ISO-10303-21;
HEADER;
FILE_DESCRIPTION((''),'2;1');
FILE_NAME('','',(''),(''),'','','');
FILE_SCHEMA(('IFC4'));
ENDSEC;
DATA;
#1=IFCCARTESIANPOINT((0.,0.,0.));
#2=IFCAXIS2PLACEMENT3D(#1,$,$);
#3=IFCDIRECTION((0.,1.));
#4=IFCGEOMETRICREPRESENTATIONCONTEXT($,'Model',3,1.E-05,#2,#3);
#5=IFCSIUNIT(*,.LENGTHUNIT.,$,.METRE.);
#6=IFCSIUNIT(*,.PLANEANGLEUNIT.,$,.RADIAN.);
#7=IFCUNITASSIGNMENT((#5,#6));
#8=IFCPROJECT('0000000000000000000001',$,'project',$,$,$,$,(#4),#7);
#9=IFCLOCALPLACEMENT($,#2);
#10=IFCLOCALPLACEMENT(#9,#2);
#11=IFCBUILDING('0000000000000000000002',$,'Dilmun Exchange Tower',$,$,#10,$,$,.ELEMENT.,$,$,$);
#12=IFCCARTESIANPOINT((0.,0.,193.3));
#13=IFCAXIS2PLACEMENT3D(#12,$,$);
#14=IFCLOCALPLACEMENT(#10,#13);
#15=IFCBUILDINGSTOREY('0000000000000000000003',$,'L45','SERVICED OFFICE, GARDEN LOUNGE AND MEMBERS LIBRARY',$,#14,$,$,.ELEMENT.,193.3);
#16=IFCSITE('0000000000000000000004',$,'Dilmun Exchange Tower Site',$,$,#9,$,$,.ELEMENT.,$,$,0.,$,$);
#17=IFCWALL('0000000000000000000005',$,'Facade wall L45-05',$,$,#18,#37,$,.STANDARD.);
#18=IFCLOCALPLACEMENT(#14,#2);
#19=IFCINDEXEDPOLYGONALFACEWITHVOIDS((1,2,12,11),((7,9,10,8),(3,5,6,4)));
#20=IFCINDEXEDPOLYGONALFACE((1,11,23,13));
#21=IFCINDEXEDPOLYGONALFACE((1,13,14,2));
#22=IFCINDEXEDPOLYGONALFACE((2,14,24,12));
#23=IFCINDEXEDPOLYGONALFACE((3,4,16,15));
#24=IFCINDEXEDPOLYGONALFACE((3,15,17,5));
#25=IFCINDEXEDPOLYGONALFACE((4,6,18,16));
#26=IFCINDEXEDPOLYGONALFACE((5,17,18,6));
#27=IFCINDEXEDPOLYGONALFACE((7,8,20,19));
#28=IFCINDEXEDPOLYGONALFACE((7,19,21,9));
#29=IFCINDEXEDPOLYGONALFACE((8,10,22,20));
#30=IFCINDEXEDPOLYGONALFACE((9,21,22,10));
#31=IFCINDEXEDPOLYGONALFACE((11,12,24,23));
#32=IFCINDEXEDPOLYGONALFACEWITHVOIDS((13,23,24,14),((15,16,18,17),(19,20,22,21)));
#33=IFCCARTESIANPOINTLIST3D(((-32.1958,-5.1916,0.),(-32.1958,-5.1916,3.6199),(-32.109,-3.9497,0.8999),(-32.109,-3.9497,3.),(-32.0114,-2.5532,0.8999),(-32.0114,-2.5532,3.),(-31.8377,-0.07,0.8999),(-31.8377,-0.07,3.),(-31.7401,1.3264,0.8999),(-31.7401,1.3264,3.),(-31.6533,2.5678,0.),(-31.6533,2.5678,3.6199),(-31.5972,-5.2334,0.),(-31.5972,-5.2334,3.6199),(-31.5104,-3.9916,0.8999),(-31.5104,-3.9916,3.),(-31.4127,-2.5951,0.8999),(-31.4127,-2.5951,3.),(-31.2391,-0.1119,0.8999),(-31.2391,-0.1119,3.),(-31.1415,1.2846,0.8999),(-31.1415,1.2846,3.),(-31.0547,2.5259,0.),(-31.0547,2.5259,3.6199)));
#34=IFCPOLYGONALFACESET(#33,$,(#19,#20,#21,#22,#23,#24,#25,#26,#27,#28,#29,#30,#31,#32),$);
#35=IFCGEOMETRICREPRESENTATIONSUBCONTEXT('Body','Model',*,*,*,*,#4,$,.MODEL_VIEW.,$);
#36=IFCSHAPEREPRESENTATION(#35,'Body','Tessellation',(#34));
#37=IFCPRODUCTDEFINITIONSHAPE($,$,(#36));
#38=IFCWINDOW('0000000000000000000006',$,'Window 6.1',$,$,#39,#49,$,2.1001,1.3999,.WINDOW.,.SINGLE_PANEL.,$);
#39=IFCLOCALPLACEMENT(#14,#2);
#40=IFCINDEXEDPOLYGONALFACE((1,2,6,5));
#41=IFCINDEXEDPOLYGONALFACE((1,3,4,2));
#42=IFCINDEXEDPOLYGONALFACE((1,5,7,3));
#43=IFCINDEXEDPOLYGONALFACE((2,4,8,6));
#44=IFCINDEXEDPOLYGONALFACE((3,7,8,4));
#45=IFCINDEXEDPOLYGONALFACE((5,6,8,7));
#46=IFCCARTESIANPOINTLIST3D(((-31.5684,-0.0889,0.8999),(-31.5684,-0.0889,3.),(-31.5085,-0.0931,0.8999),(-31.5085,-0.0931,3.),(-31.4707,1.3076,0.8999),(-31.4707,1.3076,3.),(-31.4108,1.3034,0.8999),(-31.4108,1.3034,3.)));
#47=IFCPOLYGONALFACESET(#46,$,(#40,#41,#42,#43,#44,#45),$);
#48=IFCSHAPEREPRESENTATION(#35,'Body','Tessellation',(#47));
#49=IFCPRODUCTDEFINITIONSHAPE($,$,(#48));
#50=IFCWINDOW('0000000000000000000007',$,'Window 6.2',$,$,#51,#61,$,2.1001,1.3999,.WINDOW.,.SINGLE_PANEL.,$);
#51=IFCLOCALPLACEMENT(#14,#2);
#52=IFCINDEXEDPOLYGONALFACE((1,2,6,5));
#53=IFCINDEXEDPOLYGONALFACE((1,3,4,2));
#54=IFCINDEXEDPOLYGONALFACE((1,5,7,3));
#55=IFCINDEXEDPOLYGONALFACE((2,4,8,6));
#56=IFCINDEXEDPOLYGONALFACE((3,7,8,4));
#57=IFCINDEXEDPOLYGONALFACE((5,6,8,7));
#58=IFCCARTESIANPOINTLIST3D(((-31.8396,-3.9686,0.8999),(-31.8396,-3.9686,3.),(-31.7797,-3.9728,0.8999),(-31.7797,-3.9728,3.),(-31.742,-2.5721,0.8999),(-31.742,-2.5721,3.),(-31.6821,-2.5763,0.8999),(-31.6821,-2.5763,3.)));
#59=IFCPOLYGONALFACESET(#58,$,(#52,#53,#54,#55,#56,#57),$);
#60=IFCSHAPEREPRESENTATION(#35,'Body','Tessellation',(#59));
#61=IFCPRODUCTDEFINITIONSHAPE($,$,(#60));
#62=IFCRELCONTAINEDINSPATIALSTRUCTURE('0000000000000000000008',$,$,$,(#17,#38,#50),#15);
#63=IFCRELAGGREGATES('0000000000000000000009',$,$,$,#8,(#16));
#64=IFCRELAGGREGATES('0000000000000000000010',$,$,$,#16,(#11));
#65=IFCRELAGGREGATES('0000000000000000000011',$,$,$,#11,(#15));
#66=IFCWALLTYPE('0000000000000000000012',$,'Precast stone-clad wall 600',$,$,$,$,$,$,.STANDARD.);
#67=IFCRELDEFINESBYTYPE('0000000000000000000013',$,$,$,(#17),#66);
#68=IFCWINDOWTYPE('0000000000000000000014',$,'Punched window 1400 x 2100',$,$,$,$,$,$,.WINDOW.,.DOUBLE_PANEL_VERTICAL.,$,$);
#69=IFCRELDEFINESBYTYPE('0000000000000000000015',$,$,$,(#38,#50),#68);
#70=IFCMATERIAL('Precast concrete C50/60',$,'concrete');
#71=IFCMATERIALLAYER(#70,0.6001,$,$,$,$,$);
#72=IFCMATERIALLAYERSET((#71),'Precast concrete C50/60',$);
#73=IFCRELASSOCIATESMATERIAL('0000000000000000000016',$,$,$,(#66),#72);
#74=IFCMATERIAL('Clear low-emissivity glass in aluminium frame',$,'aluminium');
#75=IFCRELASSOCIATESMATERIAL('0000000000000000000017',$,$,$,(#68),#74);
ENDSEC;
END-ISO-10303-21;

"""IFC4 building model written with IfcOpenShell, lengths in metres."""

from ifc_helpers import new_model, si_unit, direction, frame, frame_2d, origin, place, context, subcontext, project, spatial, rectangle, extrude, material, layer, layer_set, type_object, element, fill, save


model = new_model("IFC4")

# Units and contexts
model_context = context("Model", 3, precision=1e-05, world=origin(), true_north=direction((0.0, 1.0)))
body_context = subcontext(model_context, "Body", "Model", "MODEL_VIEW")
ifc_project = project(units=[si_unit("LENGTHUNIT", "METRE"), si_unit("PLANEANGLEUNIT", "RADIAN")], contexts=[model_context])

# Site, building, storey
site_placement = place(None, origin())
site = spatial("IfcSite", under=ifc_project, at=site_placement, Name="Dilmun Exchange Tower Site", CompositionType="ELEMENT", RefElevation=0.0)
building_placement = place(site_placement, origin())
building = spatial("IfcBuilding", under=site, at=building_placement, Name="Dilmun Exchange Tower", CompositionType="ELEMENT")
storey_placement = place(building_placement, frame((0.0, 0.0, 193.3)))
storey = spatial("IfcBuildingStorey", under=building, at=storey_placement, Name="L45", Description="SERVICED OFFICE, GARDEN LOUNGE AND MEMBERS LIBRARY", CompositionType="ELEMENT", Elevation=193.3)

# Shared definitions
ifc_material_1 = material(Name="Precast concrete C50/60", Category="concrete")
ifc_layer_1 = layer(ifc_material_1, 0.6001)
ifc_layer_set_1 = layer_set([ifc_layer_1], Name="Precast concrete C50/60")
wall_type_1 = type_object("IfcWallType", Name="Precast stone-clad wall 600", PredefinedType="STANDARD", material=ifc_layer_set_1)

# Wall, openings, windows
wall_1_placement = place(storey_placement, frame((-31.354, 2.5469, 0.0), z_axis=(0.0, 0.0, 1.0), x_axis=(-0.069744, -0.997565, 0.0)))
wall_1 = element("IfcWall", 1, at=wall_1_placement, inside=storey, type_object=wall_type_1, Name="Facade wall L45-05", PredefinedType="STANDARD", context=body_context, shape_type="SweptSolid", body=[
    extrude(rectangle(XDim=7.7783, YDim=0.6001, at=frame_2d((3.8892, 0.0))), origin(), (0.0, 0.0, 1.0), 3.6199),
])
opening_1_placement = place(wall_1_placement, frame((1.2444, 0.0, 0.8999)))
opening_1 = element("IfcOpeningElement", 2, at=opening_1_placement, cuts=wall_1, PredefinedType="OPENING", context=body_context, shape_type="SweptSolid", body=[
    extrude(rectangle(XDim=1.3999, YDim=2.1001, at=frame_2d((0.7, 1.05))), frame((0.0, 0.3101, 0.0), z_axis=(0.0, -1.0, 0.0), x_axis=(1.0, 0.0, 0.0)), (0.0, 0.0, 1.0), 0.6201),
])
opening_2_placement = place(wall_1_placement, frame((5.1335, 0.0, 0.8999)))
opening_2 = element("IfcOpeningElement", 3, at=opening_2_placement, cuts=wall_1, PredefinedType="OPENING", context=body_context, shape_type="SweptSolid", body=[
    extrude(rectangle(XDim=1.3999, YDim=2.1001, at=frame_2d((0.7, 1.05))), frame((0.0, 0.3101, 0.0), z_axis=(0.0, -1.0, 0.0), x_axis=(1.0, 0.0, 0.0)), (0.0, 0.0, 1.0), 0.6201),
])
ifc_material_2 = material(Name="Clear low-emissivity glass in aluminium frame", Category="aluminium")
window_type = type_object("IfcWindowType", Name="Punched window 1400 x 2100", PartitioningType="DOUBLE_PANEL_VERTICAL", PredefinedType="WINDOW", material=ifc_material_2)
window_1_placement = place(opening_1_placement, origin())
window_1 = element("IfcWindow", 4, at=window_1_placement, inside=storey, type_object=window_type, Name="Window 6.1", OverallHeight=2.1001, OverallWidth=1.3999, PartitioningType="SINGLE_PANEL", PredefinedType="WINDOW", context=body_context, shape_type="SweptSolid", body=[
    extrude(rectangle(XDim=1.3999, YDim=2.1001, at=frame_2d((0.7, 1.05))), frame((0.0, 0.03, 0.0), z_axis=(0.0, -1.0, 0.0), x_axis=(1.0, 0.0, 0.0)), (0.0, 0.0, 1.0), 0.0601),
])
fill(opening_1, window_1)
window_2_placement = place(opening_2_placement, origin())
window_2 = element("IfcWindow", 5, at=window_2_placement, inside=storey, type_object=window_type, Name="Window 6.2", OverallHeight=2.1001, OverallWidth=1.3999, PartitioningType="SINGLE_PANEL", PredefinedType="WINDOW", context=body_context, shape_type="SweptSolid", body=[
    extrude(rectangle(XDim=1.3999, YDim=2.1001, at=frame_2d((0.7, 1.05))), frame((0.0, 0.03, 0.0), z_axis=(0.0, -1.0, 0.0), x_axis=(1.0, 0.0, 0.0)), (0.0, 0.0, 1.0), 0.0601),
])
fill(opening_2, window_2)

save(model, "model.ifc")
